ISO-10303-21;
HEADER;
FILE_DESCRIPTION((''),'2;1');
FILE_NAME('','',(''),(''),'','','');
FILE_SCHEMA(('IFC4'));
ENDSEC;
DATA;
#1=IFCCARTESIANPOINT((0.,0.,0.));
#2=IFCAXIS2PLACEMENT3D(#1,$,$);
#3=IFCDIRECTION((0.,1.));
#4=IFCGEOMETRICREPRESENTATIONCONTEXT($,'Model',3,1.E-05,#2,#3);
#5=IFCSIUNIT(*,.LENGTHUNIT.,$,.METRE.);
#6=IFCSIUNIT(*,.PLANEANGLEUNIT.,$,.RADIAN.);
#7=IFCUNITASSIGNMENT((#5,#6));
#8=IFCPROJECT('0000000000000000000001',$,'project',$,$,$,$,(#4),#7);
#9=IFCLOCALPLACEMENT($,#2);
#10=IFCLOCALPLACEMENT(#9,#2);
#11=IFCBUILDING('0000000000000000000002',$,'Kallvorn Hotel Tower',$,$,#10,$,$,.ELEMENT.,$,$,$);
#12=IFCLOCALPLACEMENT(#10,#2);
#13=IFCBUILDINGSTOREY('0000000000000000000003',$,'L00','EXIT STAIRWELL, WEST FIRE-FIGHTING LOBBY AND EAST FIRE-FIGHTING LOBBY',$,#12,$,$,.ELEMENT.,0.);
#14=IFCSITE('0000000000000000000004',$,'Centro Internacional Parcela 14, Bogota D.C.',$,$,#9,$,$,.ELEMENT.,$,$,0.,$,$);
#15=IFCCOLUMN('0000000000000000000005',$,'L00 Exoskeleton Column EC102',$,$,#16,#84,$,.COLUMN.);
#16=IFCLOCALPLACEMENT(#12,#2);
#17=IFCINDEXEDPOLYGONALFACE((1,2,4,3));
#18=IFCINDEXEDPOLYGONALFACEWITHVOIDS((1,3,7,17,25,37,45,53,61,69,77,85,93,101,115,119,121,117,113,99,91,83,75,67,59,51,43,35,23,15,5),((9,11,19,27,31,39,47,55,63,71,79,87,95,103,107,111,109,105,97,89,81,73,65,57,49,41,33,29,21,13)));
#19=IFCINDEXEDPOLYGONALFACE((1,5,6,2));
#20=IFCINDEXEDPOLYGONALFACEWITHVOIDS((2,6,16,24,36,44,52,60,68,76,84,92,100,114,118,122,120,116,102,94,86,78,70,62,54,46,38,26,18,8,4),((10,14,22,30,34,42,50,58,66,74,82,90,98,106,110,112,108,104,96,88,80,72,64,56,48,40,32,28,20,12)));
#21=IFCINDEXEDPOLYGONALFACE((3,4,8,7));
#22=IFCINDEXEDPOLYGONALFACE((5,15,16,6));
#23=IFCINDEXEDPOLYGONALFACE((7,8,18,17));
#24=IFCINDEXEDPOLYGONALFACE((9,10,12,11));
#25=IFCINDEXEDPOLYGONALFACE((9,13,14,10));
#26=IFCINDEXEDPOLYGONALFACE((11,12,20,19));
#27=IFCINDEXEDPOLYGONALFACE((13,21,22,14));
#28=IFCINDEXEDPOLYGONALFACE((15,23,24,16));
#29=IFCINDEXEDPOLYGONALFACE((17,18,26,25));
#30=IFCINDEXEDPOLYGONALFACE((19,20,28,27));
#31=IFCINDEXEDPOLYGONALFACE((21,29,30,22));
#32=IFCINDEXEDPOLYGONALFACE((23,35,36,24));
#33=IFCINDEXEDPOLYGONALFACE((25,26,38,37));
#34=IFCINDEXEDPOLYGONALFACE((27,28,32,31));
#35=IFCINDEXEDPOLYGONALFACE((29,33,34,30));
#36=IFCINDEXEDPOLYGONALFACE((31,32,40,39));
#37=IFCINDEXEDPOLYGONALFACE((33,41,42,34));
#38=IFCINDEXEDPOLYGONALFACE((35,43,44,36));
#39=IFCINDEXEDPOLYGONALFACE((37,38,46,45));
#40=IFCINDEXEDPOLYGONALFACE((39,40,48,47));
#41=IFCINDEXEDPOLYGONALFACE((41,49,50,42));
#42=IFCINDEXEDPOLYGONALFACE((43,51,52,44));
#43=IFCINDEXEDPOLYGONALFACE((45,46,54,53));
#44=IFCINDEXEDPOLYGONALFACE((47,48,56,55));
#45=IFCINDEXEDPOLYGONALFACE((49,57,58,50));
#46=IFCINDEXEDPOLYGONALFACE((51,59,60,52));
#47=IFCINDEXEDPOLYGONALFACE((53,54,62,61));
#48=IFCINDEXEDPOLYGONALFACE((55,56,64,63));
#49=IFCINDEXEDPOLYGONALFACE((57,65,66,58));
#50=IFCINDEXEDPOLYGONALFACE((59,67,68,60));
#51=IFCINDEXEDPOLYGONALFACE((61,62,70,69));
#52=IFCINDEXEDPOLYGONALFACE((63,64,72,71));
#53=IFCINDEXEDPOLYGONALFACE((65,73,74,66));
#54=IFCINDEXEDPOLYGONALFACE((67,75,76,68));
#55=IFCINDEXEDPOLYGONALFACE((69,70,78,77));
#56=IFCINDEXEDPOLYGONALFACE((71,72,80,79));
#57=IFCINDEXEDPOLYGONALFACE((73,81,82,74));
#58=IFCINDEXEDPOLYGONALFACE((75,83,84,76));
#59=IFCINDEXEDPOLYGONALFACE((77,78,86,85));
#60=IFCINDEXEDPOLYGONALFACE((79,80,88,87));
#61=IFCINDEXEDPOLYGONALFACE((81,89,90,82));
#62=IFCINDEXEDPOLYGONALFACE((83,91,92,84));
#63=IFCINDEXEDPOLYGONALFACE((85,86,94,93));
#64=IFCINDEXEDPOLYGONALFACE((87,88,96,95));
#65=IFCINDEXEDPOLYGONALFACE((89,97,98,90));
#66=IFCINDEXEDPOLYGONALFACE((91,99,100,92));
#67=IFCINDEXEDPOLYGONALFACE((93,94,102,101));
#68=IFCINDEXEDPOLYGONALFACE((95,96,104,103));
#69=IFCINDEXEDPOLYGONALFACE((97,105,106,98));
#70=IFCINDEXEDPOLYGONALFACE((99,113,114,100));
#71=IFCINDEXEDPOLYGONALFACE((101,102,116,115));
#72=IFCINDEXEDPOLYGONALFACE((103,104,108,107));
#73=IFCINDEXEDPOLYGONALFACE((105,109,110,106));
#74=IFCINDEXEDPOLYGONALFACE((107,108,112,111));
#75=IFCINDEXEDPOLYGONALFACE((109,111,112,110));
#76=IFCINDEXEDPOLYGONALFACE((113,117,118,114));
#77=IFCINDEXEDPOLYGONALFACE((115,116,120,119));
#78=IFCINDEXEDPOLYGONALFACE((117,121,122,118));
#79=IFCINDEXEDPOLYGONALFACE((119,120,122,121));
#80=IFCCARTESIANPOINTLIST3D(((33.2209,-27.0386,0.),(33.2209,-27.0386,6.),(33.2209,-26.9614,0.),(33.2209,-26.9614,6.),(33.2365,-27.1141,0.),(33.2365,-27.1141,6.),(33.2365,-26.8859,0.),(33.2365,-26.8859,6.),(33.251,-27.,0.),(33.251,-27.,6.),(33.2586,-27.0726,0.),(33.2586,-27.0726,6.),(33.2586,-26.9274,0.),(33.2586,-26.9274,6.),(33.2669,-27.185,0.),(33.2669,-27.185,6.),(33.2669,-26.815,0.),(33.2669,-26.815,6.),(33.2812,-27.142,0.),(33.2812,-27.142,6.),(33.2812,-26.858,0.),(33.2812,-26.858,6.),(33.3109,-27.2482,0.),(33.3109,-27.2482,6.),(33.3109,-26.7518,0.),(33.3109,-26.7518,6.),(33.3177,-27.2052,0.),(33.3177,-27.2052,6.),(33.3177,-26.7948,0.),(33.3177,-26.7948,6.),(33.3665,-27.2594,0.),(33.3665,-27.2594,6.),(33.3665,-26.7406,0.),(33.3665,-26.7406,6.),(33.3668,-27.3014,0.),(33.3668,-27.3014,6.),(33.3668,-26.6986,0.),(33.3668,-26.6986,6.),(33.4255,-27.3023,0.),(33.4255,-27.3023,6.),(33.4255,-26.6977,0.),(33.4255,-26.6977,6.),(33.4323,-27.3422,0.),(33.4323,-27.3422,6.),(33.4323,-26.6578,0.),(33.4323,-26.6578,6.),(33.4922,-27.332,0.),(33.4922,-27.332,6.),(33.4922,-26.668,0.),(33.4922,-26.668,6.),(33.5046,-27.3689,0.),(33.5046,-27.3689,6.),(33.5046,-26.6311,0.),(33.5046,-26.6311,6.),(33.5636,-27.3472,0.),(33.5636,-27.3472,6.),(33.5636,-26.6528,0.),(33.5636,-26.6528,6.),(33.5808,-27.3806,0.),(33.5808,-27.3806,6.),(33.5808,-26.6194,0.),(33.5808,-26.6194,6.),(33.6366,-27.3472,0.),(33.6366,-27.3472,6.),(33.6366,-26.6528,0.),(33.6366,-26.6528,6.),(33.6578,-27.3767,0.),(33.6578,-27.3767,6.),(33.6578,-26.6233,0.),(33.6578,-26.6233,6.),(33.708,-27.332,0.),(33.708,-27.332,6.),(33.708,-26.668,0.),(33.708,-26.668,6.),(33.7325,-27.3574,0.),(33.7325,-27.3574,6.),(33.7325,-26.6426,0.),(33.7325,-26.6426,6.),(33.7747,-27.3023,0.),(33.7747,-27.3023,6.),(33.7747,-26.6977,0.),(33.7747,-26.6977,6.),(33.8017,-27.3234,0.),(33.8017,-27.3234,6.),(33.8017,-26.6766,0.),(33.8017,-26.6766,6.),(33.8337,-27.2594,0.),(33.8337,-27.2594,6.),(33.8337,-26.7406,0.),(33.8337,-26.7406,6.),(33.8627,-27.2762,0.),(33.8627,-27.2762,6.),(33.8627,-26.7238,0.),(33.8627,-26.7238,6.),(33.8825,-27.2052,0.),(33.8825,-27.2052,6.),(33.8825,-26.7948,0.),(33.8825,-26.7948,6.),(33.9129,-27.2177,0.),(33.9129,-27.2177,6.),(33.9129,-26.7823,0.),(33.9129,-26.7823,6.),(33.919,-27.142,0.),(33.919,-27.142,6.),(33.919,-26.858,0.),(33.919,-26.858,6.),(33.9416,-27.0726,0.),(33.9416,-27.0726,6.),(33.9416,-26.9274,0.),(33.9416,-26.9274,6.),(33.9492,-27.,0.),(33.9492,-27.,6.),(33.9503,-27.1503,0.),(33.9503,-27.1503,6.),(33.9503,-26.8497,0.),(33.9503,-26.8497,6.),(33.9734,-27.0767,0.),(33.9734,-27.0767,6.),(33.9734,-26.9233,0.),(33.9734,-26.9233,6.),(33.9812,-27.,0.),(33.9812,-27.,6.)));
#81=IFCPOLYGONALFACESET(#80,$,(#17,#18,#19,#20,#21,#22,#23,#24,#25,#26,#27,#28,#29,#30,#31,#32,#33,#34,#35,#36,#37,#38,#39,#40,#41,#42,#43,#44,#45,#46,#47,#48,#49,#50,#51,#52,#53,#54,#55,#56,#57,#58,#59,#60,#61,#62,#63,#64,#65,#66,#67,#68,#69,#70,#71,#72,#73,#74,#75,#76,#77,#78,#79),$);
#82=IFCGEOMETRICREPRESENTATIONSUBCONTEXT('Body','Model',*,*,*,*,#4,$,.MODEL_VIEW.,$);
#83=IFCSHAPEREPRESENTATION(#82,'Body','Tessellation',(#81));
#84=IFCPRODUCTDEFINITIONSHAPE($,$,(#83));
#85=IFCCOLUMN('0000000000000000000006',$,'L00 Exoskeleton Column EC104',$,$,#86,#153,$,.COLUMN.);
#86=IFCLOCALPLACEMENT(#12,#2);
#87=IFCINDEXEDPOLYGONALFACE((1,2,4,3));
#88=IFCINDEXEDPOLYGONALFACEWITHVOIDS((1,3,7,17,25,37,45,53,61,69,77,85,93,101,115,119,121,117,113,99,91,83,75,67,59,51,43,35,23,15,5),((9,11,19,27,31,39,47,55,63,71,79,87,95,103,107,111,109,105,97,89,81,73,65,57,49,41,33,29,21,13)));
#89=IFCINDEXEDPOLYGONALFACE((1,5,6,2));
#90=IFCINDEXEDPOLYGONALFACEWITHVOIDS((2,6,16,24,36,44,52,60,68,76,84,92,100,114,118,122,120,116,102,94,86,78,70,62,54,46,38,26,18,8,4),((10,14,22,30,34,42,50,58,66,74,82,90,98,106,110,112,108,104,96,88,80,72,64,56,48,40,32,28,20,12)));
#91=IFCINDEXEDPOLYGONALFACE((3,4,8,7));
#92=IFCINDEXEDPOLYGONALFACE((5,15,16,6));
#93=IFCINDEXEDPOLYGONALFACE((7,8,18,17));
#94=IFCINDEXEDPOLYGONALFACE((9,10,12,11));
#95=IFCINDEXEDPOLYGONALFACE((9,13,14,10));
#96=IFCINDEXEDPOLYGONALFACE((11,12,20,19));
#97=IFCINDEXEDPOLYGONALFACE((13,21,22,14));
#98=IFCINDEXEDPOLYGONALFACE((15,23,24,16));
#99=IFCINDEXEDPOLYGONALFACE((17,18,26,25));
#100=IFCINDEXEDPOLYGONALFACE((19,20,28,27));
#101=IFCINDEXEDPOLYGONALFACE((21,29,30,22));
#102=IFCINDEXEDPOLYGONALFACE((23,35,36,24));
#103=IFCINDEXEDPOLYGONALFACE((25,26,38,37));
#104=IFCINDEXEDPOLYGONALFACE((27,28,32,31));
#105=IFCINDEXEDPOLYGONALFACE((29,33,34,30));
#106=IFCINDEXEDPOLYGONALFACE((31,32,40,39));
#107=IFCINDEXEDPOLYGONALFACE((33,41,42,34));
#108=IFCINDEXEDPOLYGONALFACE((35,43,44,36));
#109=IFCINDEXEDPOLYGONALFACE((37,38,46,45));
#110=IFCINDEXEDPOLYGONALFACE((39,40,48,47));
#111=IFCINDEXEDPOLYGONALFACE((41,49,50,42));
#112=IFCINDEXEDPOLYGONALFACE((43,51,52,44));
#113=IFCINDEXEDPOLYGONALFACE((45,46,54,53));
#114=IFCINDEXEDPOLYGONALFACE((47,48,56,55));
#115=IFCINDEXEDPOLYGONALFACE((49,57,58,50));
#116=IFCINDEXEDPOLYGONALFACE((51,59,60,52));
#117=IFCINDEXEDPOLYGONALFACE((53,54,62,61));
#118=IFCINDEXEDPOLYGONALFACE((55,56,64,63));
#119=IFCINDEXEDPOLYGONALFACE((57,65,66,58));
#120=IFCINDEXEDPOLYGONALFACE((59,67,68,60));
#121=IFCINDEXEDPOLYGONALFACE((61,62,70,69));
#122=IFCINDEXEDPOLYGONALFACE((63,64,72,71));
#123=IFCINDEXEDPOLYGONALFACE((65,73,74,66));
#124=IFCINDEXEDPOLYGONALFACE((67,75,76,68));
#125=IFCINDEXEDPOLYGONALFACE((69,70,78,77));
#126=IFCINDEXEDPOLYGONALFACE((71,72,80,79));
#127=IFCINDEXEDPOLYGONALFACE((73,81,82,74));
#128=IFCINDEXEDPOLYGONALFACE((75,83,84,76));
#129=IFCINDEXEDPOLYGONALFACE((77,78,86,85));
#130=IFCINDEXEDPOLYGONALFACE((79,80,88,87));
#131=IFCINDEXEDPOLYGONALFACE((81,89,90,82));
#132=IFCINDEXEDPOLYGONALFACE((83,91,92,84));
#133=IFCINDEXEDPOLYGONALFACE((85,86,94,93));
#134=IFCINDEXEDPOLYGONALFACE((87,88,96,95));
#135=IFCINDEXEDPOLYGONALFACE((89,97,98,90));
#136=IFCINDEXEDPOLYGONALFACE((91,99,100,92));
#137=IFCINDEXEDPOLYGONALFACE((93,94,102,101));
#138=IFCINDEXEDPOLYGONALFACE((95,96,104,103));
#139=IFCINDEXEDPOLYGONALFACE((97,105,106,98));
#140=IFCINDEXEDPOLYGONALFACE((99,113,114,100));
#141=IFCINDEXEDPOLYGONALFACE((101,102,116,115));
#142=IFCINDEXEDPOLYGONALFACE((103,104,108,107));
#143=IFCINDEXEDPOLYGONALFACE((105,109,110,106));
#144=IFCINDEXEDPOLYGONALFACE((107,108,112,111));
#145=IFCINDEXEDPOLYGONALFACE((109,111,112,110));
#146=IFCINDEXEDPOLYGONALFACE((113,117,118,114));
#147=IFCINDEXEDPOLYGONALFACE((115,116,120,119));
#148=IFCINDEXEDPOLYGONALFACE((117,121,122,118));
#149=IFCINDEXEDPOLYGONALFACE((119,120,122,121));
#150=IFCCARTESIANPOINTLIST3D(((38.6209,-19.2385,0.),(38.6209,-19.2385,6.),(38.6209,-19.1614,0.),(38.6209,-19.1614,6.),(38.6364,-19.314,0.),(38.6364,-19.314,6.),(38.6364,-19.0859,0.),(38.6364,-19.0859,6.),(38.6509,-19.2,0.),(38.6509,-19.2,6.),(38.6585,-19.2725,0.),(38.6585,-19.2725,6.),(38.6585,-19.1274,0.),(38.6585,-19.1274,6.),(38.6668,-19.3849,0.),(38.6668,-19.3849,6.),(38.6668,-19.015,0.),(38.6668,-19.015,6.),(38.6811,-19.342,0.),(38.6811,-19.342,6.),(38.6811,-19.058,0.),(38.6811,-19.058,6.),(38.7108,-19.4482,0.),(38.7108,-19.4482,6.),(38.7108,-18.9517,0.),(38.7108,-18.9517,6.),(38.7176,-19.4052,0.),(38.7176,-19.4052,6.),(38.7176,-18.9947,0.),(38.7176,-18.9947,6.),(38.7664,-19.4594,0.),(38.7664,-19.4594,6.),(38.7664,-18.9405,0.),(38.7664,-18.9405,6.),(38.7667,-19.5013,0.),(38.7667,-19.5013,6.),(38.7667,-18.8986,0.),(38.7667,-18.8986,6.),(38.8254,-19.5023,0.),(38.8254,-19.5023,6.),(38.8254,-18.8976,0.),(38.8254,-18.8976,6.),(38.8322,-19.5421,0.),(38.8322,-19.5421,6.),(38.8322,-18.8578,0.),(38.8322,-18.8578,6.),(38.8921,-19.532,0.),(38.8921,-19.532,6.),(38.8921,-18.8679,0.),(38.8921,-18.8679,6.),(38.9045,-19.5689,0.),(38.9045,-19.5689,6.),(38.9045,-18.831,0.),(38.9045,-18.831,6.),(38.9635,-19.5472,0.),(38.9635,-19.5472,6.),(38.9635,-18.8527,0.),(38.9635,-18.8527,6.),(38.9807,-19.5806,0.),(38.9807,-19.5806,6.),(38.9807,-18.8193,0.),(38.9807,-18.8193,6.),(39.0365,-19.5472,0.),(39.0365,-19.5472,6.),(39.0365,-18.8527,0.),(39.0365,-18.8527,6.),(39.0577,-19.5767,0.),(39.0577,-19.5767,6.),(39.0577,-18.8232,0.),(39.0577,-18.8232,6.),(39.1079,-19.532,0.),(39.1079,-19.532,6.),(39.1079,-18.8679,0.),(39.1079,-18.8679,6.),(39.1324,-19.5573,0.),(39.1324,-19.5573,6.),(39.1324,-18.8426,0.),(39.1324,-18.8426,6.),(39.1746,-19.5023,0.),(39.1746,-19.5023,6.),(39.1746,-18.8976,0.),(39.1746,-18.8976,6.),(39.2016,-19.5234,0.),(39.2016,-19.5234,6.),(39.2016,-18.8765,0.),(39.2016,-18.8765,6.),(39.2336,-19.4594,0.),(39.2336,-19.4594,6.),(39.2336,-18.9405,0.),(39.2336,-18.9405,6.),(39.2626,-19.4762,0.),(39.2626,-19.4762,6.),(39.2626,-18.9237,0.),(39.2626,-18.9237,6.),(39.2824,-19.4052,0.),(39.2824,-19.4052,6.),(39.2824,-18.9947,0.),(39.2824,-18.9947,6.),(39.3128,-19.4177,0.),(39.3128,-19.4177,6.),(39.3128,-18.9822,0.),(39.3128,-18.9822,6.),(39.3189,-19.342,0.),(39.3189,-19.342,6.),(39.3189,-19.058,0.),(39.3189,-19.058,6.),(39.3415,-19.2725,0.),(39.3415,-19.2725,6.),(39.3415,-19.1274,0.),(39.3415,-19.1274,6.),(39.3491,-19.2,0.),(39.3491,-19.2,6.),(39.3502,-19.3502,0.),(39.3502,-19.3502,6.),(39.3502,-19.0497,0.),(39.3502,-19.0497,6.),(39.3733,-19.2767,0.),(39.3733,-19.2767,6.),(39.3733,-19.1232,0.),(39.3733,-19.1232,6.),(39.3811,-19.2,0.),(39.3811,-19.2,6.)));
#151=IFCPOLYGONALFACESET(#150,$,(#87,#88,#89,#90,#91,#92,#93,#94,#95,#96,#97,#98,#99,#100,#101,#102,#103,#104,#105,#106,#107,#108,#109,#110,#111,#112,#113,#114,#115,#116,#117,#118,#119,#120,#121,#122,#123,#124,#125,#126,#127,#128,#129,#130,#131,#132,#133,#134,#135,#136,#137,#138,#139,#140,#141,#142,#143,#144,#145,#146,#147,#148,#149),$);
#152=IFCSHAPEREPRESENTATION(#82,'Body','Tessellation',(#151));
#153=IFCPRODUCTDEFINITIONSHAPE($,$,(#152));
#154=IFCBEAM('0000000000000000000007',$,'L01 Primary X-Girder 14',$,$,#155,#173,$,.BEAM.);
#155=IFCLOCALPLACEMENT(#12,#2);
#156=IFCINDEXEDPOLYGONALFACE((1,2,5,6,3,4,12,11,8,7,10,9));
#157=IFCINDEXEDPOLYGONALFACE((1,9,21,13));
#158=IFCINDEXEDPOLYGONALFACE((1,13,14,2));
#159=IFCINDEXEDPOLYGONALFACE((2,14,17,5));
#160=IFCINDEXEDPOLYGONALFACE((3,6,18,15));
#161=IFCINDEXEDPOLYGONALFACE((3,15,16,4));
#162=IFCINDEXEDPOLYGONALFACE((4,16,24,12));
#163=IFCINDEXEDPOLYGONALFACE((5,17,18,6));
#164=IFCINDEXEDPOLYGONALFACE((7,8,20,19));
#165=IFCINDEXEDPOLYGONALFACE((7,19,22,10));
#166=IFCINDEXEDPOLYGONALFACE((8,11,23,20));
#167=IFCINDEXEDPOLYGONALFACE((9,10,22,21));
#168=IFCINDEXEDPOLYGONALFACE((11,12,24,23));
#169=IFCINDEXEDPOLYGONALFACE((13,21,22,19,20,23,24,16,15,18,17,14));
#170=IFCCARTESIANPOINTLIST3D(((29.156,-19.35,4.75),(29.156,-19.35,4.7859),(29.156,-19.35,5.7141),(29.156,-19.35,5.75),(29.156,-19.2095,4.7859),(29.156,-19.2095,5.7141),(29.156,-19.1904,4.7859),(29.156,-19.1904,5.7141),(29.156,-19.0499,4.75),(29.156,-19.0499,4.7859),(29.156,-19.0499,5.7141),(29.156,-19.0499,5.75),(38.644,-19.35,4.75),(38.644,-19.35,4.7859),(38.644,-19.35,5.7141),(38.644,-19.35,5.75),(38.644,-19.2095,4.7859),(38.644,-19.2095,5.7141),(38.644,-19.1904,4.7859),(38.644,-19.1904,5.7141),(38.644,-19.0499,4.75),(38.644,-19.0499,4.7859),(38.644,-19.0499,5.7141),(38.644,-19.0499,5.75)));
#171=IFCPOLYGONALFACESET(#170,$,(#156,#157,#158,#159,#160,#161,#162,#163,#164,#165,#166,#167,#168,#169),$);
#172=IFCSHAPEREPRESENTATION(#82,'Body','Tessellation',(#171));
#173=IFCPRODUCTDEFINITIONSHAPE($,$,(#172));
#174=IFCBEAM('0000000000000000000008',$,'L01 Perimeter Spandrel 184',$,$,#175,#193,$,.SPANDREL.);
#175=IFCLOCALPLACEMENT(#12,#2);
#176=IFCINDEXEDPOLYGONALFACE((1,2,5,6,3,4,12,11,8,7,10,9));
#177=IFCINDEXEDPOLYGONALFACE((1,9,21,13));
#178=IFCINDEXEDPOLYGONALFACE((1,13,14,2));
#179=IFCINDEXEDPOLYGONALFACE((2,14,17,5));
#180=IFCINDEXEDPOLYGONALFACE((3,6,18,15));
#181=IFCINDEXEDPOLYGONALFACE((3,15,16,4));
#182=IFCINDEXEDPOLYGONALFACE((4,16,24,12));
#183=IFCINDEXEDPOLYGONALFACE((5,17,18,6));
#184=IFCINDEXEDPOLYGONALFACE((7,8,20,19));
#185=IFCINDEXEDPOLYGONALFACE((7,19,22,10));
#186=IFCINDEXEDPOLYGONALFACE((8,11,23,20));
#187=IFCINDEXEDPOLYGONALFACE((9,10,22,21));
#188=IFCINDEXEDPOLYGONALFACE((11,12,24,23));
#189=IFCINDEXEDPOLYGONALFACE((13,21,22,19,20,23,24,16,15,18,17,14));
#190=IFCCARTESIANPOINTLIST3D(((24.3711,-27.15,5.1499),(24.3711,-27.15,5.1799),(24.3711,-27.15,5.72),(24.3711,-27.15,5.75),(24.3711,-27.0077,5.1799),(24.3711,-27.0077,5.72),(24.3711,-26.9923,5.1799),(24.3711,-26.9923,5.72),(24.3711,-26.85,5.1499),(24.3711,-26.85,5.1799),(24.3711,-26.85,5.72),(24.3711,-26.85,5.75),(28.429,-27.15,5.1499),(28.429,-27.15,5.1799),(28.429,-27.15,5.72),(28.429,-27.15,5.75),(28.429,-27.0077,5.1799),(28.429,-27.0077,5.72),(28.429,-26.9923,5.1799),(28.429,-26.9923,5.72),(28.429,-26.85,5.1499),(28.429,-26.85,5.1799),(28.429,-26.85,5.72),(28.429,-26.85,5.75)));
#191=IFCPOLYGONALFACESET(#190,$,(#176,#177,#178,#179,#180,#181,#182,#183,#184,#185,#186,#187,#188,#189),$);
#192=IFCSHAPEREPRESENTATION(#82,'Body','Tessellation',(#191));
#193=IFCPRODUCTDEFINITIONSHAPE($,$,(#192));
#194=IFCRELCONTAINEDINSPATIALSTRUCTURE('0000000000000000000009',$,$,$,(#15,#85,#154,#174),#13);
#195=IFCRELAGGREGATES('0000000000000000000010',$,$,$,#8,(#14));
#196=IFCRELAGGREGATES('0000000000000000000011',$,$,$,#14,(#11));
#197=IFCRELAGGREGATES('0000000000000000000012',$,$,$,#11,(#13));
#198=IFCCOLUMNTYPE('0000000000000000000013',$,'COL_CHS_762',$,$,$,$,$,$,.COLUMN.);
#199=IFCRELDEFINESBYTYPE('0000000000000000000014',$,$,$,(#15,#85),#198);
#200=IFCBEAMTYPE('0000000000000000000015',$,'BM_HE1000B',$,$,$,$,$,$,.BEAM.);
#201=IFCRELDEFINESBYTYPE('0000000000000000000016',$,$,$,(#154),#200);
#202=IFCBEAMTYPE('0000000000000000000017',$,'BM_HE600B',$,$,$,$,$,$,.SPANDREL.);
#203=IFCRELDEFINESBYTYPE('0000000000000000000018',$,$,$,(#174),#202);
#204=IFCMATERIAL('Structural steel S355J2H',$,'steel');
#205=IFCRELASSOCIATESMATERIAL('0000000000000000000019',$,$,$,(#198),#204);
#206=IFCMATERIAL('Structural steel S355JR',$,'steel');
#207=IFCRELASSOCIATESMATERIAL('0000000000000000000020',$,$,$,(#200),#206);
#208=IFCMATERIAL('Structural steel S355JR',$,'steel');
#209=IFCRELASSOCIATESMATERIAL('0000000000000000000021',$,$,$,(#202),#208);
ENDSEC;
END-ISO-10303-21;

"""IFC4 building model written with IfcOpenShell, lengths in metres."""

from ifc_helpers import new_model, si_unit, direction, frame, origin, origin_2d, place, context, subcontext, project, spatial, hollow_circle, i_section, extrude, material, material_profile, profile_set, type_object, element, save


model = new_model("IFC4")

# Units and contexts
model_context = context("Model", 3, precision=1e-05, world=origin(), true_north=direction((0.0, 1.0)))
body_context = subcontext(model_context, "Body", "Model", "MODEL_VIEW")
ifc_project = project(units=[si_unit("LENGTHUNIT", "METRE"), si_unit("PLANEANGLEUNIT", "RADIAN")], contexts=[model_context])

# Site, building, storey
site_placement = place(None, origin())
site = spatial("IfcSite", under=ifc_project, at=site_placement, Name="Centro Internacional Parcela 14, Bogota D.C.", CompositionType="ELEMENT", RefElevation=0.0)
building_placement = place(site_placement, origin())
building = spatial("IfcBuilding", under=site, at=building_placement, Name="Kallvorn Hotel Tower", CompositionType="ELEMENT")
storey_placement = place(building_placement, origin())
storey = spatial("IfcBuildingStorey", under=building, at=storey_placement, Name="L00", Description="EXIT STAIRWELL, WEST FIRE-FIGHTING LOBBY AND EAST FIRE-FIGHTING LOBBY", CompositionType="ELEMENT", Elevation=0.0)

# Columns
ifc_material_1 = material(Name="Structural steel S355J2H", Category="steel")
ifc_material_profile_1 = material_profile(ifc_material_1, hollow_circle(Radius=0.3811, WallThickness=0.032, at=origin_2d()), Name="CHS 762x32")
ifc_profile_set_1 = profile_set([ifc_material_profile_1], Name="Structural steel S355J2H")
column_type = type_object("IfcColumnType", Name="COL_CHS_762", PredefinedType="COLUMN", material=ifc_profile_set_1)
for number, where, z_axis, x_axis, name in (
    (1, (33.6001, -27.0, 0.0), (0.0, 0.0, 1.0), (1.0, 0.0, 0.0), "L00 Exoskeleton Column EC102"),
    (2, (39.0, -19.2, 0.0), (0.0, 0.0, 1.0), (1.0, 0.0, 0.0), "L00 Exoskeleton Column EC104"),
):
    element("IfcColumn", number, at=place(storey_placement, frame(where, z_axis=z_axis, x_axis=x_axis)), inside=storey, type_object=column_type, Name=name, PredefinedType="COLUMN", context=body_context, shape_type="SweptSolid", body=[
        extrude(hollow_circle(Radius=0.3811, WallThickness=0.032, at=origin_2d()), origin(), (0.0, 0.0, 1.0), 6.0),
    ])

# Beams
ifc_material_2 = material(Name="Structural steel S355JR", Category="steel")
ifc_material_profile_2 = material_profile(ifc_material_2, i_section(OverallWidth=0.3, OverallDepth=1.0, WebThickness=0.019, FlangeThickness=0.0359, at=origin_2d()), Name="HE 1000 B")
ifc_profile_set_2 = profile_set([ifc_material_profile_2], Name="Structural steel S355JR")
beam_type_1 = type_object("IfcBeamType", Name="BM_HE1000B", PredefinedType="BEAM", material=ifc_profile_set_2)
beam_1_placement = place(storey_placement, frame((29.156, -19.2, 5.25), z_axis=(1.0, 0.0, 0.0), x_axis=(0.0, 1.0, 0.0)))
element("IfcBeam", 3, at=beam_1_placement, inside=storey, type_object=beam_type_1, Name="L01 Primary X-Girder 14", PredefinedType="BEAM", context=body_context, shape_type="SweptSolid", body=[
    extrude(i_section(OverallWidth=0.3, OverallDepth=1.0, WebThickness=0.019, FlangeThickness=0.0359, at=origin_2d()), origin(), (0.0, 0.0, 1.0), 9.488),
])
ifc_material_3 = material(Name="Structural steel S355JR", Category="steel")
ifc_material_profile_3 = material_profile(ifc_material_3, i_section(OverallWidth=0.3, OverallDepth=0.6001, WebThickness=0.0154, FlangeThickness=0.03, at=origin_2d()), Name="HE 600 B")
ifc_profile_set_3 = profile_set([ifc_material_profile_3], Name="Structural steel S355JR")
beam_type_2 = type_object("IfcBeamType", Name="BM_HE600B", PredefinedType="SPANDREL", material=ifc_profile_set_3)
beam_2_placement = place(storey_placement, frame((24.3711, -27.0, 5.45), z_axis=(1.0, 0.0, 0.0), x_axis=(0.0, 1.0, 0.0)))
element("IfcBeam", 4, at=beam_2_placement, inside=storey, type_object=beam_type_2, Name="L01 Perimeter Spandrel 184", PredefinedType="SPANDREL", context=body_context, shape_type="SweptSolid", body=[
    extrude(i_section(OverallWidth=0.3, OverallDepth=0.6001, WebThickness=0.0154, FlangeThickness=0.03, at=origin_2d()), origin(), (0.0, 0.0, 1.0), 4.0579),
])

save(model, "model.ifc")
